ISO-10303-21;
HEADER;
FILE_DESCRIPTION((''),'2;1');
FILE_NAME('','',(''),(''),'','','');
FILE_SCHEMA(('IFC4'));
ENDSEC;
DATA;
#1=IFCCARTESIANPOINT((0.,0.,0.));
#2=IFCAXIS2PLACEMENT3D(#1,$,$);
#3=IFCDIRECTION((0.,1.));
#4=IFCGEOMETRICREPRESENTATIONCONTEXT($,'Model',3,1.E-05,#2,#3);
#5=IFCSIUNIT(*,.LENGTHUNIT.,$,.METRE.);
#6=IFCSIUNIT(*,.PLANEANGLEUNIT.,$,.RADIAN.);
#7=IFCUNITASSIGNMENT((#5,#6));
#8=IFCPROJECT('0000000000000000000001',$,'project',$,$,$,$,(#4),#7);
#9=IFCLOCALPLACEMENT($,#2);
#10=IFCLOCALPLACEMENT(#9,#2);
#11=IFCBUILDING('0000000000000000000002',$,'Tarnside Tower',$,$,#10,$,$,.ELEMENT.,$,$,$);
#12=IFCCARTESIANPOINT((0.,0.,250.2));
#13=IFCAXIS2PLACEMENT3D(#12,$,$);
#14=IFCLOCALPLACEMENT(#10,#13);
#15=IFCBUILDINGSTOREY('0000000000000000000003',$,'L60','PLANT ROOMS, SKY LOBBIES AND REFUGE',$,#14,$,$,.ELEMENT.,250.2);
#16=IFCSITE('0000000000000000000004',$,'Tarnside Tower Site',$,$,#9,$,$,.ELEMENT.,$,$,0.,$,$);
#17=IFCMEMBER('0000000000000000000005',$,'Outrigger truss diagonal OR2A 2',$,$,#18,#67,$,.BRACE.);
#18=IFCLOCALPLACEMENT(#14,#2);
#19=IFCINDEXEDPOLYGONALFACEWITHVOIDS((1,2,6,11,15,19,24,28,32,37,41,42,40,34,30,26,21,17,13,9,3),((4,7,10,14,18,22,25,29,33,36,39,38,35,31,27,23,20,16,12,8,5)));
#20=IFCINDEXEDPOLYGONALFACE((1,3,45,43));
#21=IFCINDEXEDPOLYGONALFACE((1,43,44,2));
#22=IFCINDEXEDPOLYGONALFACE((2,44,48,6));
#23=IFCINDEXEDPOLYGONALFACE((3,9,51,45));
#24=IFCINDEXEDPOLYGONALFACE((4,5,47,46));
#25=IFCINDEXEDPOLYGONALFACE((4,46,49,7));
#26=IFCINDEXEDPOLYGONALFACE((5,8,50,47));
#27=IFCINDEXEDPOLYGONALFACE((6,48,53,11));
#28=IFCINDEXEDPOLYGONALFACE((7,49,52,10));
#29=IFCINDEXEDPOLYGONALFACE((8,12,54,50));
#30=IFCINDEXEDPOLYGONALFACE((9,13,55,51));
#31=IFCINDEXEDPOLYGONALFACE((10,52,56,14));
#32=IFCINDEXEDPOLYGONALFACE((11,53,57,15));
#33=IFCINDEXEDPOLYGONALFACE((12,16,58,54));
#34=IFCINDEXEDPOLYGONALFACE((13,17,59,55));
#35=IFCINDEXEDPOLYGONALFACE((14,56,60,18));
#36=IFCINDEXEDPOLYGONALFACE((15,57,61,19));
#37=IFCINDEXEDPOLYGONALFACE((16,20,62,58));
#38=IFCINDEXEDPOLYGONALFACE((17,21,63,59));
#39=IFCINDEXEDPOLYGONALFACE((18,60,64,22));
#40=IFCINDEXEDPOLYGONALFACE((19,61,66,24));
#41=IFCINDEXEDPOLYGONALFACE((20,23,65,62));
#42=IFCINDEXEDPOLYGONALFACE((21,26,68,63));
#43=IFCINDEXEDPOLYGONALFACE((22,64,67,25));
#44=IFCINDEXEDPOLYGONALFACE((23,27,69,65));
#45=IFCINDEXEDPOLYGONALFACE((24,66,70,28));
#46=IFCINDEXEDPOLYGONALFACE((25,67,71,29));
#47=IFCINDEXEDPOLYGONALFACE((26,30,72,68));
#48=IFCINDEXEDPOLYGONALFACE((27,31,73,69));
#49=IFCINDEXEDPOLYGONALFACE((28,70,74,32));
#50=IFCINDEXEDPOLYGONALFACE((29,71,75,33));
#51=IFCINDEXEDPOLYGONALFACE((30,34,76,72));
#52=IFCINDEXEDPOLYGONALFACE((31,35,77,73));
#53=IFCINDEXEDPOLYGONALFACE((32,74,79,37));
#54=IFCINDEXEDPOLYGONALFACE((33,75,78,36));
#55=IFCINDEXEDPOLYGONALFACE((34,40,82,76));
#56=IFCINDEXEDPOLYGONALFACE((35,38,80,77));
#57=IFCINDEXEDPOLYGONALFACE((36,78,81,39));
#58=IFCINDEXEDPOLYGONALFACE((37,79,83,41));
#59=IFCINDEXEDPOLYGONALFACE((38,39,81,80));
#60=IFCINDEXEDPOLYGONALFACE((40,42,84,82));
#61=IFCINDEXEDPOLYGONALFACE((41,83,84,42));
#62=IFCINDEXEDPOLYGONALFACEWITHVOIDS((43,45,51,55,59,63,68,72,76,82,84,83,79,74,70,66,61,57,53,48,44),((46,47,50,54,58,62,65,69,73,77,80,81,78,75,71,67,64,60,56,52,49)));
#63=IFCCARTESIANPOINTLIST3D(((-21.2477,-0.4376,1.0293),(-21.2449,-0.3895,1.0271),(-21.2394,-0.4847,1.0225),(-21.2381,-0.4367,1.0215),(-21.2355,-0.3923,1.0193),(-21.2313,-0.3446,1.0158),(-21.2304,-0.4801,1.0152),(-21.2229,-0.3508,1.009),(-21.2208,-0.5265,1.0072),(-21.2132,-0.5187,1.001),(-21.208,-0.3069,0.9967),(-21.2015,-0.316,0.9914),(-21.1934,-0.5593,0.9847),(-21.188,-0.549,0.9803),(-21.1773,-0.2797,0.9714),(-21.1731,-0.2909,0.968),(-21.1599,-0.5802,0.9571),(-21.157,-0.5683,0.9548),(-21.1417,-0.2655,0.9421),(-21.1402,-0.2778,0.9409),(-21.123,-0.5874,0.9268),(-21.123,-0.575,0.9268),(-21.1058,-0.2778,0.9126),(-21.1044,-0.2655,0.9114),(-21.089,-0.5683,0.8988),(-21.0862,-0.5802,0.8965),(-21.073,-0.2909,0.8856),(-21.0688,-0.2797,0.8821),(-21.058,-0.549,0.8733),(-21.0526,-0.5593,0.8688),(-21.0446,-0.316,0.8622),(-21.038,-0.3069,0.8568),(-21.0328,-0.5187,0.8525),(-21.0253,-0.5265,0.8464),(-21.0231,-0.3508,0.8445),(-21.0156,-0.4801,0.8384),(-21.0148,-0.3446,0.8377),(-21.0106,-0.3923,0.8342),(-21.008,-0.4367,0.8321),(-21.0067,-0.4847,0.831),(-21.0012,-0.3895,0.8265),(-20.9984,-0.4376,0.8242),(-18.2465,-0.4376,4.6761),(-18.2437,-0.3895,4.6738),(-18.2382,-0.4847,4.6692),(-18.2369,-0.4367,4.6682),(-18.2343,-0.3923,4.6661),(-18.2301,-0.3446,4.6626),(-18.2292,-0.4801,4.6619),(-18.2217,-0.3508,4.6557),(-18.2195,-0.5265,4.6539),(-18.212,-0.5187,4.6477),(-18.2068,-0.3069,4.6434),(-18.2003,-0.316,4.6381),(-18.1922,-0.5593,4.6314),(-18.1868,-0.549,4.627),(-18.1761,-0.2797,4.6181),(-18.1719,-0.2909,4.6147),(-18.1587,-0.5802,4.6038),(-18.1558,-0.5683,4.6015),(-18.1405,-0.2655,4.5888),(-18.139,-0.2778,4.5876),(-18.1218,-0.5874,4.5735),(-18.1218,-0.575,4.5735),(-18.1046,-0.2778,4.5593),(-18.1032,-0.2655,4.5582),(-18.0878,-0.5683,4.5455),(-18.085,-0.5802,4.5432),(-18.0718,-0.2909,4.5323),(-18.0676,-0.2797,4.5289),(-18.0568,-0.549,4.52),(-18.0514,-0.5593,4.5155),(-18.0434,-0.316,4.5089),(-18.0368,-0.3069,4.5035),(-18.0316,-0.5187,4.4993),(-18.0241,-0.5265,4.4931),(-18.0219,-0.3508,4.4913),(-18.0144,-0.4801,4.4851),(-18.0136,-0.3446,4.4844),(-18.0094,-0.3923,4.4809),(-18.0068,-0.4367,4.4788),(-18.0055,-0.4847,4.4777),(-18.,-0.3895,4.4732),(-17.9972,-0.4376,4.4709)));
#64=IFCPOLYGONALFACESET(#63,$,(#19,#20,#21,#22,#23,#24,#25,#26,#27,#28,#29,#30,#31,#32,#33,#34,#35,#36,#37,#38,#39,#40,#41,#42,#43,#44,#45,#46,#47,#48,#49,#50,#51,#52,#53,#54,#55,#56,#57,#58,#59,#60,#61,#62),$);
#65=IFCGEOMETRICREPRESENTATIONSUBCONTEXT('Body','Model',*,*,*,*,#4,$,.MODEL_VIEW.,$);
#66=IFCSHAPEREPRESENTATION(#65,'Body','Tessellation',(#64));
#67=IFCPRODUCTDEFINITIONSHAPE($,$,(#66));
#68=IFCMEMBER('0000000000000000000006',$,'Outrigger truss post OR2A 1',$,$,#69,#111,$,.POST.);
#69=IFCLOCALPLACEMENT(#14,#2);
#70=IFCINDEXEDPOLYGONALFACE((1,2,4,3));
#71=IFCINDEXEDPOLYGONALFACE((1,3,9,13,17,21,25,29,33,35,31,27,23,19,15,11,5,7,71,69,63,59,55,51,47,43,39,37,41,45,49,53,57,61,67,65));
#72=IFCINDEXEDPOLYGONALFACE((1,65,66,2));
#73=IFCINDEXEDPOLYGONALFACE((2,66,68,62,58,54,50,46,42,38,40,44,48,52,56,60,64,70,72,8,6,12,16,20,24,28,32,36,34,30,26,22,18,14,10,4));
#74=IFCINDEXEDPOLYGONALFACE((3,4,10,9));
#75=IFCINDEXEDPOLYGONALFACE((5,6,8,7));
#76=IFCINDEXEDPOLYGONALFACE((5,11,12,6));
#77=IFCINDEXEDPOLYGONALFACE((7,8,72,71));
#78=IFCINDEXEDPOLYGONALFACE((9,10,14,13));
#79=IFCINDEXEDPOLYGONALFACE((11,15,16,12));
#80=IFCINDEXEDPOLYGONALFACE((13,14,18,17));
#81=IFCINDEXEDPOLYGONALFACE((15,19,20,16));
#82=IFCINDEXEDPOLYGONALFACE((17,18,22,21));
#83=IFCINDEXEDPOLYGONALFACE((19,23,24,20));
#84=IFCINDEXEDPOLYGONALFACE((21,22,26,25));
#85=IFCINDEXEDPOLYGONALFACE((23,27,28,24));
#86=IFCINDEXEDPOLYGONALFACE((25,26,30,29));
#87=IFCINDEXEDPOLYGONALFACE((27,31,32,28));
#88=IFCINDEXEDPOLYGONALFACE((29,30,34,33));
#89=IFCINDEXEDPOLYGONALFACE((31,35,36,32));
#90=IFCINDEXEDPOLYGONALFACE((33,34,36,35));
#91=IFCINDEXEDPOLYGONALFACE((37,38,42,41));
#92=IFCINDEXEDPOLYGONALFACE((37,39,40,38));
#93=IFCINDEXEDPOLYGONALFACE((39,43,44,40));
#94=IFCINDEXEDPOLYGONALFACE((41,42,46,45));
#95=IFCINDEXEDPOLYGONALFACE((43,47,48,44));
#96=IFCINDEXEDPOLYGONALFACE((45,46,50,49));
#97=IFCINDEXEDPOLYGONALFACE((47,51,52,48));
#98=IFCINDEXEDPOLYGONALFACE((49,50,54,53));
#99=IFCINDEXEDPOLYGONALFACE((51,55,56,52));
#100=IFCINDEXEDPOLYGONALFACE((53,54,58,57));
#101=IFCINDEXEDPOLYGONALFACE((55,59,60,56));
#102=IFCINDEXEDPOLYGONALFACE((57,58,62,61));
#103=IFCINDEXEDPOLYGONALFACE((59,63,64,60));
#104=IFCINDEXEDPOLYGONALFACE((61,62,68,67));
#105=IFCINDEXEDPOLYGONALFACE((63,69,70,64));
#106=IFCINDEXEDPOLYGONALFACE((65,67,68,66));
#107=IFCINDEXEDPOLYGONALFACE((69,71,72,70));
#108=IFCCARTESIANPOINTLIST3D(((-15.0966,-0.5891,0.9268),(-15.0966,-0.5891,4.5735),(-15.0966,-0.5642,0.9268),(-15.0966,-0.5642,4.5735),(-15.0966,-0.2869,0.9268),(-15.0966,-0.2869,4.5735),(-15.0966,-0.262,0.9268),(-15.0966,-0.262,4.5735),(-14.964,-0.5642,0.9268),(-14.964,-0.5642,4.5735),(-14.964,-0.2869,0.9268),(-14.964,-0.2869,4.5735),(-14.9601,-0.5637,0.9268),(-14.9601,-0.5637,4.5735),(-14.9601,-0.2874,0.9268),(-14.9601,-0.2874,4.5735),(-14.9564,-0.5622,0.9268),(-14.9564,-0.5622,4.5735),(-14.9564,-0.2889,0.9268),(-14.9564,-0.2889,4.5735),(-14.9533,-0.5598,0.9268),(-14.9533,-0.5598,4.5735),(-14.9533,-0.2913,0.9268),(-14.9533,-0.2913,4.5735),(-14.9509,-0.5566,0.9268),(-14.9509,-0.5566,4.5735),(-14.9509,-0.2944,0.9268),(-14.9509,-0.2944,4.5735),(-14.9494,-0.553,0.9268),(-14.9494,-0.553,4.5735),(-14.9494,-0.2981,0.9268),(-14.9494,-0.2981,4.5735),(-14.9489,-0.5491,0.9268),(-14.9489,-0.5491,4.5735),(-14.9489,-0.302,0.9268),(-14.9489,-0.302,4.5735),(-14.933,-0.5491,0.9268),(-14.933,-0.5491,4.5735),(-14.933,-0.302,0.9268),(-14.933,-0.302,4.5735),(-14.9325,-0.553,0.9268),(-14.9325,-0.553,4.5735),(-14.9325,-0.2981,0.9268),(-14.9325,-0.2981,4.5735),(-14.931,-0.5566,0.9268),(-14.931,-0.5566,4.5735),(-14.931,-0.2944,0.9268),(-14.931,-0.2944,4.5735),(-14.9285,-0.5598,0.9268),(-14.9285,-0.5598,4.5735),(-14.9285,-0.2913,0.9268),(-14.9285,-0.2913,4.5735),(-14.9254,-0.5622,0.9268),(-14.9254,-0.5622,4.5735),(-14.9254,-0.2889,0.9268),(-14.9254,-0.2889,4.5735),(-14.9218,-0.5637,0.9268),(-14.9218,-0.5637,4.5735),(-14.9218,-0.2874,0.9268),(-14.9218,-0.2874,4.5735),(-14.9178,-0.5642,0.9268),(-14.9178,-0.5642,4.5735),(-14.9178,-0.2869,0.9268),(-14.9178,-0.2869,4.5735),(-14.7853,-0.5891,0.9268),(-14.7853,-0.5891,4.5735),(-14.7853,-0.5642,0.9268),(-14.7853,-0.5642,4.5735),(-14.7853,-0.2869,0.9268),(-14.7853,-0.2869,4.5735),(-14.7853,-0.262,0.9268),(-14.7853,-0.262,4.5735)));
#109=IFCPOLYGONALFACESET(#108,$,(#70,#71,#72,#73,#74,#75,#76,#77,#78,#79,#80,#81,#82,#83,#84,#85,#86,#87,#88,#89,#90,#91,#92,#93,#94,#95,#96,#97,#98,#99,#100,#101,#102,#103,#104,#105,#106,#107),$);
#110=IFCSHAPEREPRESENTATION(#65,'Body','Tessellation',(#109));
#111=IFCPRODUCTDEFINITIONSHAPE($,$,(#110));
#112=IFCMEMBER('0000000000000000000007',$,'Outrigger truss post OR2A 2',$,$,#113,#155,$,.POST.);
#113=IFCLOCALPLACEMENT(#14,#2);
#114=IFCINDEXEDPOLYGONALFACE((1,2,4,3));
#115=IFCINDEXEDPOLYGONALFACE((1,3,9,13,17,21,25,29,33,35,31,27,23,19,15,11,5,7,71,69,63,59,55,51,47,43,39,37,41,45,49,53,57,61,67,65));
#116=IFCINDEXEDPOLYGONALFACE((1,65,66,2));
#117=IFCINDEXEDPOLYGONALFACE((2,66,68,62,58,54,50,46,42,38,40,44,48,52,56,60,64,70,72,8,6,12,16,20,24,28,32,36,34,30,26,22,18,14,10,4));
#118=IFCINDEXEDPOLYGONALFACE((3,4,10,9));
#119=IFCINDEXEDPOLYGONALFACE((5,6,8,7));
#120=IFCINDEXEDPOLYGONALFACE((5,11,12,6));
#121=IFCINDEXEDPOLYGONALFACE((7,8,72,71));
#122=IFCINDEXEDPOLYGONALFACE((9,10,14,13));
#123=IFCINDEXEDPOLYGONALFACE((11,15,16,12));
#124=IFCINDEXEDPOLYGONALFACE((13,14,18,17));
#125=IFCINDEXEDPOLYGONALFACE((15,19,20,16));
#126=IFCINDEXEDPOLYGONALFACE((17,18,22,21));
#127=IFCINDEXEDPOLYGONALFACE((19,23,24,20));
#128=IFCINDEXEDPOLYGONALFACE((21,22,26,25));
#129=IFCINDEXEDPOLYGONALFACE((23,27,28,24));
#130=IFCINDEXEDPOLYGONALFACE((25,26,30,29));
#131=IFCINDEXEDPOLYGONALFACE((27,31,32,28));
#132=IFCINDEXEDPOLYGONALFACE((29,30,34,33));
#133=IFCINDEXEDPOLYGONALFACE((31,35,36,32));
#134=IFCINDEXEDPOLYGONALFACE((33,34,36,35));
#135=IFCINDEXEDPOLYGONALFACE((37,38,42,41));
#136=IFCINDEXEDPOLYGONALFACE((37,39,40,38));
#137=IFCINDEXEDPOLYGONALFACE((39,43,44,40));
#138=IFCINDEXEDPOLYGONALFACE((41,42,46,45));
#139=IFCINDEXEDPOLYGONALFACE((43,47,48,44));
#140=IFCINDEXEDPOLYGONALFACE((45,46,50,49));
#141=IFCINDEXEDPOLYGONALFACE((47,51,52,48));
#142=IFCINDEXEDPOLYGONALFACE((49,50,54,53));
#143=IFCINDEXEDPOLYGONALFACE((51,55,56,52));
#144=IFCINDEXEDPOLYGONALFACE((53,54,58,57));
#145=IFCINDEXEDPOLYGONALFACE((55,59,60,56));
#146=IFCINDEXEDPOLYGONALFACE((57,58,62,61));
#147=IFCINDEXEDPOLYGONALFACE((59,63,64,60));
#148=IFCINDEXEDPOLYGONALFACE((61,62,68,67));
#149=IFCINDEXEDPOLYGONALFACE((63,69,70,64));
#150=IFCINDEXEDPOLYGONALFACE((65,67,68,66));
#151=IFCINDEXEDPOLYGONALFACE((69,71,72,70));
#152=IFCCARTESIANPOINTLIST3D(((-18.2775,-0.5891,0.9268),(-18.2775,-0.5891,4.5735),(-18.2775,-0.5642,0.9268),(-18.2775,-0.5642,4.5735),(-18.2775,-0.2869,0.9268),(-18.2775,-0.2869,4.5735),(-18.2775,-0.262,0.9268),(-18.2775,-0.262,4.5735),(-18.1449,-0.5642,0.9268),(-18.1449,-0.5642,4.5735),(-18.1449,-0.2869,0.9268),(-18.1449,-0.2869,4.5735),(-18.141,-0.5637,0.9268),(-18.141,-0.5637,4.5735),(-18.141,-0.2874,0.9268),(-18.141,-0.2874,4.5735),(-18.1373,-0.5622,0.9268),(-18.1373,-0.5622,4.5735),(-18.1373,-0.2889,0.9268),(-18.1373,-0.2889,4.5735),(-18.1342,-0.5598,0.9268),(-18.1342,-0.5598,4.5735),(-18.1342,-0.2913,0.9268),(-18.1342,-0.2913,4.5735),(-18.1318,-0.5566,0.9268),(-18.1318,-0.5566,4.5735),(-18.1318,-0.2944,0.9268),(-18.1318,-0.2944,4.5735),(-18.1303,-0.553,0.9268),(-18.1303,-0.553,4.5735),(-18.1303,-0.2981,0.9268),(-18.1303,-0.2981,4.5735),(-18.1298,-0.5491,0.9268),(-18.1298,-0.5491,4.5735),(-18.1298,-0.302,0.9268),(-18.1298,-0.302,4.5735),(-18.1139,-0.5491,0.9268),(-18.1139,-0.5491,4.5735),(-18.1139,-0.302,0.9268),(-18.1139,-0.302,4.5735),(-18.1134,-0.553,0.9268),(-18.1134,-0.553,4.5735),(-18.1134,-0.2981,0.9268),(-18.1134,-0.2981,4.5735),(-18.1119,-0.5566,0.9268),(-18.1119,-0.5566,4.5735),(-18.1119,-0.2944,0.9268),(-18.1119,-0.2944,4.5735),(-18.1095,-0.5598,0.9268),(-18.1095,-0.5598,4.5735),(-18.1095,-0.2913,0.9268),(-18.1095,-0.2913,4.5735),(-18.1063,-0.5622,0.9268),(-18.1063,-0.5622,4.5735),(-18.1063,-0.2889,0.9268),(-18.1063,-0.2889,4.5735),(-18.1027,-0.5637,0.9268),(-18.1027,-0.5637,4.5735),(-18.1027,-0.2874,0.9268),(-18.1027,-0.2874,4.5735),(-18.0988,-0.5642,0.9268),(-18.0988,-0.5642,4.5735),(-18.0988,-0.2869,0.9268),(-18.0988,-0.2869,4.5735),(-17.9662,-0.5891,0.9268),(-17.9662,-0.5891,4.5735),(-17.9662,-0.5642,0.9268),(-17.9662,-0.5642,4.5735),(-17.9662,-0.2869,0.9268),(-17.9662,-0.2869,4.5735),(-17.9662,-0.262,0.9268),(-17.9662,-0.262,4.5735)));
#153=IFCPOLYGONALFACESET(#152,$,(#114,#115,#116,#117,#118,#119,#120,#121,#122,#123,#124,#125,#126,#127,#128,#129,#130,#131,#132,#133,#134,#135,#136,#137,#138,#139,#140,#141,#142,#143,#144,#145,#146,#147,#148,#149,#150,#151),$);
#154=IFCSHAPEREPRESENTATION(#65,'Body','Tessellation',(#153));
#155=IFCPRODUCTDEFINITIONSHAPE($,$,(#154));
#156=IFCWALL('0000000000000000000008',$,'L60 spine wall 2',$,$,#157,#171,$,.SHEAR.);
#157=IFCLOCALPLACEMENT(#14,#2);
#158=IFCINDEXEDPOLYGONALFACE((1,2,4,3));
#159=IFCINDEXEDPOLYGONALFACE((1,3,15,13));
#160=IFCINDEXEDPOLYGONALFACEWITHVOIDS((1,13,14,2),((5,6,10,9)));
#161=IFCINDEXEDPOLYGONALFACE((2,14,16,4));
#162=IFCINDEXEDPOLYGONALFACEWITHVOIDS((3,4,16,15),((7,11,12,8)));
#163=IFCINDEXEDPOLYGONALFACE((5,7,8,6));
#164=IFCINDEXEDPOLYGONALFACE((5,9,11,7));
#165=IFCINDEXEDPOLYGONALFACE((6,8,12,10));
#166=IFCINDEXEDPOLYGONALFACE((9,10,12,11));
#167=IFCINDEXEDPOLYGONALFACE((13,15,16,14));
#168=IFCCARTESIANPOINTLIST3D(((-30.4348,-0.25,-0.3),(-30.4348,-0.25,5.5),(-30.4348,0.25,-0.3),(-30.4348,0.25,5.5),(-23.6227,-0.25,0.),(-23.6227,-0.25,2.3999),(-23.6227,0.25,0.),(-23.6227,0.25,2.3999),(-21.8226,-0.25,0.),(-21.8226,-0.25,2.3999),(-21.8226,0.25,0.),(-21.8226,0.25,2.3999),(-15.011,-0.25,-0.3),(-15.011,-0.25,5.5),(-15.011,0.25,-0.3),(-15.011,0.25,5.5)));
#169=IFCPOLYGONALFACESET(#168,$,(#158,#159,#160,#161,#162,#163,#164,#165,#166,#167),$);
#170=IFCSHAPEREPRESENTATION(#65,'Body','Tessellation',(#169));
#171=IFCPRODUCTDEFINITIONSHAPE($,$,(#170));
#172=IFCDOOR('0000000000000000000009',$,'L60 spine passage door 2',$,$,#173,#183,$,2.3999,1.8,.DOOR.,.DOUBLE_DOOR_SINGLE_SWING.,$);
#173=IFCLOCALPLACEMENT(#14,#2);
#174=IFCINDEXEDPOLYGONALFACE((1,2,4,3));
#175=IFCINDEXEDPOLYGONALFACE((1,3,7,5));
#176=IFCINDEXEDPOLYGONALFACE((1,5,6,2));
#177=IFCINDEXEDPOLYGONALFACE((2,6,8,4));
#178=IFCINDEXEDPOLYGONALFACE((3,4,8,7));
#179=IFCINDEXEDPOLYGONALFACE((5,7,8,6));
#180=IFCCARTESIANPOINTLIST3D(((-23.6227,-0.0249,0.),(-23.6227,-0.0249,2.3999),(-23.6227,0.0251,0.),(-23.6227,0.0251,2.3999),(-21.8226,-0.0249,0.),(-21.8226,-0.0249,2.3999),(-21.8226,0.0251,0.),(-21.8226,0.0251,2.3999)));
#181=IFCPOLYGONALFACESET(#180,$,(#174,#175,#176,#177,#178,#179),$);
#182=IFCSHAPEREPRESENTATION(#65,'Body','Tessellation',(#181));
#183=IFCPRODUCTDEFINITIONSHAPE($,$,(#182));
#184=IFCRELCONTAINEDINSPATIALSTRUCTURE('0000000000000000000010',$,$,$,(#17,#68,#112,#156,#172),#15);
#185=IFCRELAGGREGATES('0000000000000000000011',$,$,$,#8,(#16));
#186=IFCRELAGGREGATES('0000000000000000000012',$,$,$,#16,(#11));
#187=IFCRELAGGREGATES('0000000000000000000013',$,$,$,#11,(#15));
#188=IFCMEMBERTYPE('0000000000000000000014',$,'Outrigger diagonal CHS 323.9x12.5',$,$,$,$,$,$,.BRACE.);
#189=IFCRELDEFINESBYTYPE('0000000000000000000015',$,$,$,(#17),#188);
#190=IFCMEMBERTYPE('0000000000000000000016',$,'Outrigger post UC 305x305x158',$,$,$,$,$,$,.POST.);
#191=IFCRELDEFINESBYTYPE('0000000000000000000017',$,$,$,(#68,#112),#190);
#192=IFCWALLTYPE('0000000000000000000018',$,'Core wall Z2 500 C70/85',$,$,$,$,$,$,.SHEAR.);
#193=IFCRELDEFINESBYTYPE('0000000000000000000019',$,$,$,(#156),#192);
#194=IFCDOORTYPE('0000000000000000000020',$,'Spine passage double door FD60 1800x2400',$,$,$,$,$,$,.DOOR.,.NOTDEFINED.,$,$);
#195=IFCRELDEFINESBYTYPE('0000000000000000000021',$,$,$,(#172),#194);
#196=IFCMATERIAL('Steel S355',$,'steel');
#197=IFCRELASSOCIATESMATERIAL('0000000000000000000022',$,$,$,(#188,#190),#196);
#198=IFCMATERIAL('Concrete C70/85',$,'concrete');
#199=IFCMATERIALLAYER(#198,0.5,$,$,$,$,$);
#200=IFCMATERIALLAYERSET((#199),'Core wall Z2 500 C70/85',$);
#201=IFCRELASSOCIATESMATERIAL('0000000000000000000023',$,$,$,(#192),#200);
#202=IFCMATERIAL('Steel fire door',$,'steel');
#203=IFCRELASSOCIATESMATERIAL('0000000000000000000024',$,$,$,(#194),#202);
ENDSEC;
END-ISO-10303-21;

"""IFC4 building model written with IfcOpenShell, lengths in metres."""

from ifc_helpers import new_model, si_unit, direction, frame, frame_2d, origin, origin_2d, place, context, subcontext, project, spatial, rectangle, hollow_circle, i_section, extrude, material, layer, layer_set, material_profile, profile_set, type_object, element, fill, save


model = new_model("IFC4")

# Units and contexts
model_context = context("Model", 3, precision=1e-05, world=origin(), true_north=direction((0.0, 1.0)))
body_context = subcontext(model_context, "Body", "Model", "MODEL_VIEW")
ifc_project = project(units=[si_unit("LENGTHUNIT", "METRE"), si_unit("PLANEANGLEUNIT", "RADIAN")], contexts=[model_context])

# Site, building, storey
site_placement = place(None, origin())
site = spatial("IfcSite", under=ifc_project, at=site_placement, Name="Tarnside Tower Site", CompositionType="ELEMENT", RefElevation=0.0)
building_placement = place(site_placement, origin())
building = spatial("IfcBuilding", under=site, at=building_placement, Name="Tarnside Tower", CompositionType="ELEMENT")
storey_placement = place(building_placement, frame((0.0, 0.0, 250.2)))
storey = spatial("IfcBuildingStorey", under=building, at=storey_placement, Name="L60", Description="PLANT ROOMS, SKY LOBBIES AND REFUGE", CompositionType="ELEMENT", Elevation=250.2)

# Members
ifc_material_1 = material(Name="Steel S355", Category="steel")
ifc_material_profile_1 = material_profile(ifc_material_1, hollow_circle(Radius=0.1619, WallThickness=0.0125, at=origin_2d()), Name="CHS 323.9x12.5")
ifc_profile_set_1 = profile_set([ifc_material_profile_1], Name="Steel S355")
member_type_1 = type_object("IfcMemberType", Name="Outrigger diagonal CHS 323.9x12.5", PredefinedType="BRACE", material=ifc_profile_set_1)
member_1_placement = place(storey_placement, frame((-18.1218, -0.4255, 4.5735), z_axis=(-0.635459, 0.0, -0.772135), x_axis=(0.0, -1.0, 0.0)))
element("IfcMember", 1, at=member_1_placement, inside=storey, type_object=member_type_1, Name="Outrigger truss diagonal OR2A 2", PredefinedType="BRACE", context=body_context, shape_type="SweptSolid", body=[
    extrude(hollow_circle(Radius=0.1619, WallThickness=0.0125, at=origin_2d()), origin(), (0.0, 0.0, 1.0), 4.7229),
])
ifc_material_profile_2 = material_profile(ifc_material_1, i_section(OverallWidth=0.3113, OverallDepth=0.3271, WebThickness=0.0159, FlangeThickness=0.0249, FilletRadius=0.0151, at=origin_2d()), Name="UC 305x305x158")
ifc_profile_set_2 = profile_set([ifc_material_profile_2], Name="Steel S355")
member_type_2 = type_object("IfcMemberType", Name="Outrigger post UC 305x305x158", PredefinedType="POST", material=ifc_profile_set_2)
for number, where, z_axis, x_axis, name in (
    (2, (-14.9409, -0.4255, 0.9268), (0.0, 0.0, 1.0), (-1.0, 0.0, 0.0), "Outrigger truss post OR2A 1"),
    (3, (-18.1218, -0.4255, 0.9268), (0.0, 0.0, 1.0), (-1.0, 0.0, 0.0), "Outrigger truss post OR2A 2"),
):
    element("IfcMember", number, at=place(storey_placement, frame(where, z_axis=z_axis, x_axis=x_axis)), inside=storey, type_object=member_type_2, Name=name, PredefinedType="POST", context=body_context, shape_type="SweptSolid", body=[
        extrude(i_section(OverallWidth=0.3113, OverallDepth=0.3271, WebThickness=0.0159, FlangeThickness=0.0249, FilletRadius=0.0151, at=origin_2d()), origin(), (0.0, 0.0, 1.0), 3.6467),
    ])

# Wall, opening, door
ifc_material_2 = material(Name="Concrete C70/85", Category="concrete")
ifc_layer_1 = layer(ifc_material_2, 0.5)
ifc_layer_set_1 = layer_set([ifc_layer_1], Name="Core wall Z2 500 C70/85")
wall_type_1 = type_object("IfcWallType", Name="Core wall Z2 500 C70/85", PredefinedType="SHEAR", material=ifc_layer_set_1)
wall_1_placement = place(storey_placement, frame((-15.011, 0.0, -0.3), z_axis=(0.0, 0.0, 1.0), x_axis=(-1.0, 0.0, 0.0)))
wall_1 = element("IfcWall", 4, at=wall_1_placement, inside=storey, type_object=wall_type_1, Name="L60 spine wall 2", PredefinedType="SHEAR", context=body_context, shape_type="SweptSolid", body=[
    extrude(rectangle(XDim=15.4238, YDim=0.5, at=frame_2d((7.7119, 0.0))), origin(), (0.0, 0.0, 1.0), 5.8),
])
opening_placement = place(wall_1_placement, frame((6.8118, 0.0, 0.3)))
opening = element("IfcOpeningElement", 5, at=opening_placement, cuts=wall_1, PredefinedType="OPENING", context=body_context, shape_type="SweptSolid", body=[
    extrude(rectangle(XDim=1.8, YDim=2.3999, at=frame_2d((0.8999, 1.2))), frame((0.0, 0.26, 0.0), z_axis=(0.0, -1.0, 0.0), x_axis=(1.0, 0.0, 0.0)), (0.0, 0.0, 1.0), 0.52),
])
ifc_material_3 = material(Name="Steel fire door", Category="steel")
door_type = type_object("IfcDoorType", Name="Spine passage double door FD60 1800x2400", OperationType="NOTDEFINED", PredefinedType="DOOR", material=ifc_material_3)
door_placement = place(opening_placement, origin())
door = element("IfcDoor", 6, at=door_placement, inside=storey, type_object=door_type, Name="L60 spine passage door 2", OperationType="DOUBLE_DOOR_SINGLE_SWING", OverallHeight=2.3999, OverallWidth=1.8, PredefinedType="DOOR", context=body_context, shape_type="SweptSolid", body=[
    extrude(rectangle(XDim=1.8, YDim=2.3999, at=frame_2d((0.8999, 1.2))), frame((0.0, 0.0249, 0.0), z_axis=(0.0, -1.0, 0.0), x_axis=(1.0, 0.0, 0.0)), (0.0, 0.0, 1.0), 0.05),
])
fill(opening, door)

save(model, "model.ifc")
